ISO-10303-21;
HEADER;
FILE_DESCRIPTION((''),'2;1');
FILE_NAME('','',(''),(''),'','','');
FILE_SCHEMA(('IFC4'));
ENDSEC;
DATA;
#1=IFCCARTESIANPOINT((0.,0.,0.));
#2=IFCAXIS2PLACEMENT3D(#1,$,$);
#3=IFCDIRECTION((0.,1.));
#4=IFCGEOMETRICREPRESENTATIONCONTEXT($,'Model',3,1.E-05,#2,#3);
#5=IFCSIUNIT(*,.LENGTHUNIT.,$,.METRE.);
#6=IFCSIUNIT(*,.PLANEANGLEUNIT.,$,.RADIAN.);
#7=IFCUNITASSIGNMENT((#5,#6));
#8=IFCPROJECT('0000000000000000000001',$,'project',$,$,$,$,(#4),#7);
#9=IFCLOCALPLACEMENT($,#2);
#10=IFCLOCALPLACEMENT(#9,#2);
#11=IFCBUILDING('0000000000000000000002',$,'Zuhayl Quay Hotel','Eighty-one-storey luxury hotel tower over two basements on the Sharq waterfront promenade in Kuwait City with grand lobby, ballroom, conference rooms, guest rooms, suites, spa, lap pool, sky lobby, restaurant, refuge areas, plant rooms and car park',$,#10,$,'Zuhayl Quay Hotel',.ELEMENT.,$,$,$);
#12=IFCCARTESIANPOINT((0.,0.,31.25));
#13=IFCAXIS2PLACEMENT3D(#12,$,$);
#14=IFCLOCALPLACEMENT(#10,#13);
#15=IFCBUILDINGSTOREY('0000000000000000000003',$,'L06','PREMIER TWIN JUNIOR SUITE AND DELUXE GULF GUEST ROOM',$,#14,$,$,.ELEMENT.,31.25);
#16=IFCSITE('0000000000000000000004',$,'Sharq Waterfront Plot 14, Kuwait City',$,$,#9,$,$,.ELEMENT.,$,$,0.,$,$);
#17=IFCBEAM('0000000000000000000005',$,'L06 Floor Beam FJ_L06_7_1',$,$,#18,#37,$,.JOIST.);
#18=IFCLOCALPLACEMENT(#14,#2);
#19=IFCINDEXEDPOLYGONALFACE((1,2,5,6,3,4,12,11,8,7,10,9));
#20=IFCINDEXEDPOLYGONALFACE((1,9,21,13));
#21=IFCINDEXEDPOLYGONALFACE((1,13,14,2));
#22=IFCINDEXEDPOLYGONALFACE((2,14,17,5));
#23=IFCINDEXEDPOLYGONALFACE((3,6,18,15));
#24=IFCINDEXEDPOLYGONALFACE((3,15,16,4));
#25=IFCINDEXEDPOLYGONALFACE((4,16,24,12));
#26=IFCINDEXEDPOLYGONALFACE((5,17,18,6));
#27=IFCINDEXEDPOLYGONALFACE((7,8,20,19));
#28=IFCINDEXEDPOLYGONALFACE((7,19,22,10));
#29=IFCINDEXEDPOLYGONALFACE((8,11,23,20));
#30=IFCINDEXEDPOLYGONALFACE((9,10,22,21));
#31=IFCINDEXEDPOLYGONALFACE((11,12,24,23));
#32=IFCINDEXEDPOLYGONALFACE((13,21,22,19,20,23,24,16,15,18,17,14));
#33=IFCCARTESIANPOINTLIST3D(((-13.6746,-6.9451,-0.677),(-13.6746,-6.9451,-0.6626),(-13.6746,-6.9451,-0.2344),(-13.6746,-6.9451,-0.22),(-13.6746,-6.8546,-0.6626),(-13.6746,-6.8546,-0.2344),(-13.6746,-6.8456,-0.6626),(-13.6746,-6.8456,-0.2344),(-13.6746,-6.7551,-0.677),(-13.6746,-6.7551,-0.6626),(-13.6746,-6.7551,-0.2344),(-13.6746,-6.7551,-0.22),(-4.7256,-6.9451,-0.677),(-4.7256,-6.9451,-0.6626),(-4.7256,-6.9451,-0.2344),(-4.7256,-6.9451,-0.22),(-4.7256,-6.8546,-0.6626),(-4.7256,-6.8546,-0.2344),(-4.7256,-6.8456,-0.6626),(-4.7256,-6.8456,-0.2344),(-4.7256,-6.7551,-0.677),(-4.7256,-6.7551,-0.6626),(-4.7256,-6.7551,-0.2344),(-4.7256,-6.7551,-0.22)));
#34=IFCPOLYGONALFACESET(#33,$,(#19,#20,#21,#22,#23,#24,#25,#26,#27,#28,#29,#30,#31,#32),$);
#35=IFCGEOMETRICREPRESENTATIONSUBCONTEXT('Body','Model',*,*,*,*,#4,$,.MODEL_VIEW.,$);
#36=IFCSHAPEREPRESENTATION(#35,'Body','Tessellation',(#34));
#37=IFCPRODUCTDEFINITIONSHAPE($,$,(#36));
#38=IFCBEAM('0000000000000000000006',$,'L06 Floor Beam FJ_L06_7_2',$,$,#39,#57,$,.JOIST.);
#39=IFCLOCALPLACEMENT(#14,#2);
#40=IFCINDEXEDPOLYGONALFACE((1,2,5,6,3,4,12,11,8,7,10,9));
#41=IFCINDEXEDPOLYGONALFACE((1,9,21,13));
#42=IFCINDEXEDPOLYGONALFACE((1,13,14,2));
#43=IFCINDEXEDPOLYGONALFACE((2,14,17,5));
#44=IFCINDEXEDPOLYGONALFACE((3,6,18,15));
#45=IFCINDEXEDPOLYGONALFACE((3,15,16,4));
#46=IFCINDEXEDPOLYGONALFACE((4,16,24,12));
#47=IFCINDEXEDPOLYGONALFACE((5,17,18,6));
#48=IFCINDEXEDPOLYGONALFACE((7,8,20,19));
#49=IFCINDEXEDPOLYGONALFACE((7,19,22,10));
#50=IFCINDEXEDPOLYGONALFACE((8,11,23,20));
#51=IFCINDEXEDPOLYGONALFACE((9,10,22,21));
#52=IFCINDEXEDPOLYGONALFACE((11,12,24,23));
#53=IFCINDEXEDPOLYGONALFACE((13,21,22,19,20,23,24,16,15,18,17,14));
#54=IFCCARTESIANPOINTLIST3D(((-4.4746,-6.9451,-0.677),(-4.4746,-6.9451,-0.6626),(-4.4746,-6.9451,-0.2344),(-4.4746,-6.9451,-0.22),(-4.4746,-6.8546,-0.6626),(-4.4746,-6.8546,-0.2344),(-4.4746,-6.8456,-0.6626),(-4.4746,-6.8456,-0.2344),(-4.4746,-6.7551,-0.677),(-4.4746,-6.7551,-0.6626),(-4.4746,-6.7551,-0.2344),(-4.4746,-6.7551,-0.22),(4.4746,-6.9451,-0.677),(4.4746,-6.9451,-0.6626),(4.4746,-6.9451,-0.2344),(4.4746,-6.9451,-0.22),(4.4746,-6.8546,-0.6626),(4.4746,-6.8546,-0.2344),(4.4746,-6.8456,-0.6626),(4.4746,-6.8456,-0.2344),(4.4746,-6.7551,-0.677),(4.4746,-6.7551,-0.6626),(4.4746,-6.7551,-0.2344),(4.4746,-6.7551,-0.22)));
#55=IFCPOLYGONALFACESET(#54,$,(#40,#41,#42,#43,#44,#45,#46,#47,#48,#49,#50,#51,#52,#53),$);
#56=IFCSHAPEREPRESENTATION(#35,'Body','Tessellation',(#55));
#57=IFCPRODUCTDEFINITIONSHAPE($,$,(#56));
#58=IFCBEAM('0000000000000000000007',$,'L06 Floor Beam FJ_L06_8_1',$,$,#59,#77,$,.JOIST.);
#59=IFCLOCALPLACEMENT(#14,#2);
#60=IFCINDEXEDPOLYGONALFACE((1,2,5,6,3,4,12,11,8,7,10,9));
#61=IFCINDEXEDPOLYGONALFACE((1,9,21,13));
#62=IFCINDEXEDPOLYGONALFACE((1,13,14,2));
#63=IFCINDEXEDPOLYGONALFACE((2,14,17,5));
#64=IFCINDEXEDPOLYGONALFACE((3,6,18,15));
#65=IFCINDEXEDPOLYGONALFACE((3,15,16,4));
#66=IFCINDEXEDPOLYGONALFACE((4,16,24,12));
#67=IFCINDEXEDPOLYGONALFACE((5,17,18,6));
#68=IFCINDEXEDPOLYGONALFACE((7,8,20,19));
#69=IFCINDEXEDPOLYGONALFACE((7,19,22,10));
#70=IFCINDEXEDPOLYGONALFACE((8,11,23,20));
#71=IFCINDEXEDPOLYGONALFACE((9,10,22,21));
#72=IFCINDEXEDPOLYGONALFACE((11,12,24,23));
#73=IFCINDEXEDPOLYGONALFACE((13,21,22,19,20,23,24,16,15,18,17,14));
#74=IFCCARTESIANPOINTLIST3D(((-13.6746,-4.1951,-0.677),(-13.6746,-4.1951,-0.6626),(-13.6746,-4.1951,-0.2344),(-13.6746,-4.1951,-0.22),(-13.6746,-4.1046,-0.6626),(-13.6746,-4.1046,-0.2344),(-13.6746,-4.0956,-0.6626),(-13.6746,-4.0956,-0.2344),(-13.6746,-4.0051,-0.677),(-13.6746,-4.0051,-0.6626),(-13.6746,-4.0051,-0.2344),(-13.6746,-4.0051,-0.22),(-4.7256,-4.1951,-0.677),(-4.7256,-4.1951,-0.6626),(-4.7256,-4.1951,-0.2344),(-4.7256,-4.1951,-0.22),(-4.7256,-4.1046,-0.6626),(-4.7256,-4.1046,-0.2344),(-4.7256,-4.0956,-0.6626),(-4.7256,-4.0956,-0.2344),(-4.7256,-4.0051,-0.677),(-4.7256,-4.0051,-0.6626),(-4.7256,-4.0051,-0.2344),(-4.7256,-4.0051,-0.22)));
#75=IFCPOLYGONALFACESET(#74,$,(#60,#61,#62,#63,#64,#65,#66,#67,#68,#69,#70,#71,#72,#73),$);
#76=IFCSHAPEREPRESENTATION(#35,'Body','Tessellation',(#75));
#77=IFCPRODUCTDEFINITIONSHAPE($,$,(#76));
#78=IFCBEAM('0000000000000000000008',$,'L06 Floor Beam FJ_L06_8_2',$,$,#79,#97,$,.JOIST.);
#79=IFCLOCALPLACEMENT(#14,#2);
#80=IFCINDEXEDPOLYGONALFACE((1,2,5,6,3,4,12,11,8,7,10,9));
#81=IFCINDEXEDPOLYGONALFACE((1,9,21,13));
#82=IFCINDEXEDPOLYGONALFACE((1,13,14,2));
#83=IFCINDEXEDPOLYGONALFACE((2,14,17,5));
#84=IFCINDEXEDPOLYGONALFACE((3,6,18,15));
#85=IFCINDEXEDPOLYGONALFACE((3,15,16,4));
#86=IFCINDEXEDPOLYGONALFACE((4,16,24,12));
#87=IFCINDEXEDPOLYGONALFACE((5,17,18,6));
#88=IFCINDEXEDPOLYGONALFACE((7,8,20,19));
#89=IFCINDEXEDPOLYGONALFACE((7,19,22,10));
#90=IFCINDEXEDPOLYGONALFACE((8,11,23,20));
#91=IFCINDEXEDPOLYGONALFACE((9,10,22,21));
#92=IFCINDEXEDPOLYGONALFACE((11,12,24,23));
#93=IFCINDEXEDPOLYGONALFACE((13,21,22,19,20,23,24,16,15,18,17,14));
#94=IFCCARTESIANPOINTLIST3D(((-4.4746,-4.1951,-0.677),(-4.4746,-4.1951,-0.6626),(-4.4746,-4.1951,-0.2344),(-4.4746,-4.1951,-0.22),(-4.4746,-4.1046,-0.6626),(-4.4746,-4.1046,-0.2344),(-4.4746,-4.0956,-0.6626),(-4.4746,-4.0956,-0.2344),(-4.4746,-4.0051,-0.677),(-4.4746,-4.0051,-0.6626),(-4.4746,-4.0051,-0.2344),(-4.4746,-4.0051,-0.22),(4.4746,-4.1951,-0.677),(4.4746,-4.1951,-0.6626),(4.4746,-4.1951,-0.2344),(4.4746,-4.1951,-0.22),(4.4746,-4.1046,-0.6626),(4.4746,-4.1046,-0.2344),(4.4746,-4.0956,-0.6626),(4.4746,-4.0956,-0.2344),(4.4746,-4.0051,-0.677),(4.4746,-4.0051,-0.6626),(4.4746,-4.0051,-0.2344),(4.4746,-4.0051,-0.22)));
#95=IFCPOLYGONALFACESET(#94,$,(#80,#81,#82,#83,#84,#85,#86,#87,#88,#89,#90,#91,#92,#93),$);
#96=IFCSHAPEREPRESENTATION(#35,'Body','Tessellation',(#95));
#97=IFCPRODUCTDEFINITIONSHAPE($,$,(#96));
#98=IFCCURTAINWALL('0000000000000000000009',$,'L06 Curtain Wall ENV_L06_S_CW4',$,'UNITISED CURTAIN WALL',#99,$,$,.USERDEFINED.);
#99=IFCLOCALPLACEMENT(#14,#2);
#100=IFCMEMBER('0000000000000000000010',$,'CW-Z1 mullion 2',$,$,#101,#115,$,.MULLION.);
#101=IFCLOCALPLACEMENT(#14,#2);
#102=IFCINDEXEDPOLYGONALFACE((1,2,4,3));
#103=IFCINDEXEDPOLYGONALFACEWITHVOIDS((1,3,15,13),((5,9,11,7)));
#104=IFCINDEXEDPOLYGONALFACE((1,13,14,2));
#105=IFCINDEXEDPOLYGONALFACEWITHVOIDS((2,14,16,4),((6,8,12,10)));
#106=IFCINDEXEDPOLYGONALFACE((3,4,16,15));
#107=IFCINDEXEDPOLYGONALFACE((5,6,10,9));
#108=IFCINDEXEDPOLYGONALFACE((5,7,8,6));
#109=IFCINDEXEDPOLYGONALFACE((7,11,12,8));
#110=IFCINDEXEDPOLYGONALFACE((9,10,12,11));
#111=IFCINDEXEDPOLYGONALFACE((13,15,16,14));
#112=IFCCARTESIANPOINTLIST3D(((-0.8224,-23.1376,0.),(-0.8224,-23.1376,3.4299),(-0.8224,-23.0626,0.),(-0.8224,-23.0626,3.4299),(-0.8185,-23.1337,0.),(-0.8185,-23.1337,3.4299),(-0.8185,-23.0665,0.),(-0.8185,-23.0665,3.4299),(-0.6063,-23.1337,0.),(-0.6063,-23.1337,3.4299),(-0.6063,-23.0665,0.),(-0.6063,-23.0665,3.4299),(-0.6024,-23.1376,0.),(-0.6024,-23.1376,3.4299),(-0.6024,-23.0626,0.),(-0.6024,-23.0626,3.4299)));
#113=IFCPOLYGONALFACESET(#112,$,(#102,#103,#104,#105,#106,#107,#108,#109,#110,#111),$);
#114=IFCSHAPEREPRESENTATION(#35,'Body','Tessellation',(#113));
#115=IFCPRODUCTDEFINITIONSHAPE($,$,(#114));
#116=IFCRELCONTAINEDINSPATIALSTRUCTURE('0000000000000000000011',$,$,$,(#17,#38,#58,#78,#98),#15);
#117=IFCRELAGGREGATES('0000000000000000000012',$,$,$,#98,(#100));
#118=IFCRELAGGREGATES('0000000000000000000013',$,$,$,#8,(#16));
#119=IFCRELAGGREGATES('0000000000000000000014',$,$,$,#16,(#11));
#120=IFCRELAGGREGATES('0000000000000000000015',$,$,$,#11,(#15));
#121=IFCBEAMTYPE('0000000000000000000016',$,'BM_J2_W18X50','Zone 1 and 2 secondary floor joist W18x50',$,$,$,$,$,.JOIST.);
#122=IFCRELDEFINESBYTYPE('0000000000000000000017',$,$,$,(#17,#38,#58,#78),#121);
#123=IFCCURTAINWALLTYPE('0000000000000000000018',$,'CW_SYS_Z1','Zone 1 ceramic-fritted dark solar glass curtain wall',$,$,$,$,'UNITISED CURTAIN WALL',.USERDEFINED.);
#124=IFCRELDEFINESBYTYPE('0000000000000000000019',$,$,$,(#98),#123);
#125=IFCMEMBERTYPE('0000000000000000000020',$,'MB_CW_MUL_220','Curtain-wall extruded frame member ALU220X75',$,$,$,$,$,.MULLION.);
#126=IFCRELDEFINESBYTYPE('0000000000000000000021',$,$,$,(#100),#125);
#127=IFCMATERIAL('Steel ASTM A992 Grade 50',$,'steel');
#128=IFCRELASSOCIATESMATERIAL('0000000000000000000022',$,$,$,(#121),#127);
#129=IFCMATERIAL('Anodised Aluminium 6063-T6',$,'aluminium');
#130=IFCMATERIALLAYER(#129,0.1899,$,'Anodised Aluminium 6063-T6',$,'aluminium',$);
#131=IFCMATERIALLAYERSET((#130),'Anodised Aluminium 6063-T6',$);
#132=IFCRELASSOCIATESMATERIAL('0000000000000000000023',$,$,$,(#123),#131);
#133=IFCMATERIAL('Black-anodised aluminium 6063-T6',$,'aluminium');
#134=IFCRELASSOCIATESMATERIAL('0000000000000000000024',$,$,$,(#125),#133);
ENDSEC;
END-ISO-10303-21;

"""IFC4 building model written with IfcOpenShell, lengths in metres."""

from ifc_helpers import new_model, si_unit, direction, frame, origin, origin_2d, place, context, subcontext, project, spatial, hollow_rectangle, i_section, extrude, material, layer, layer_set, material_profile, profile_set, type_object, element, aggregate, save


model = new_model("IFC4")

# Units and contexts
model_context = context("Model", 3, precision=1e-05, world=origin(), true_north=direction((0.0, 1.0)))
body_context = subcontext(model_context, "Body", "Model", "MODEL_VIEW")
ifc_project = project(units=[si_unit("LENGTHUNIT", "METRE"), si_unit("PLANEANGLEUNIT", "RADIAN")], contexts=[model_context])

# Site, building, storey
site_placement = place(None, origin())
site = spatial("IfcSite", under=ifc_project, at=site_placement, Name="Sharq Waterfront Plot 14, Kuwait City", CompositionType="ELEMENT", RefElevation=0.0)
building_placement = place(site_placement, origin())
building = spatial("IfcBuilding", under=site, at=building_placement, Name="Zuhayl Quay Hotel", Description="Eighty-one-storey luxury hotel tower over two basements on the Sharq waterfront promenade in Kuwait City with grand lobby, ballroom, conference rooms, guest rooms, suites, spa, lap pool, sky lobby, restaurant, refuge areas, plant rooms and car park", LongName="Zuhayl Quay Hotel", CompositionType="ELEMENT")
storey_placement = place(building_placement, frame((0.0, 0.0, 31.25)))
storey = spatial("IfcBuildingStorey", under=building, at=storey_placement, Name="L06", Description="PREMIER TWIN JUNIOR SUITE AND DELUXE GULF GUEST ROOM", CompositionType="ELEMENT", Elevation=31.25)

# Beams
ifc_material_1 = material(Name="Steel ASTM A992 Grade 50", Category="steel")
ifc_material_profile_1 = material_profile(ifc_material_1, i_section(OverallWidth=0.1899, OverallDepth=0.457, WebThickness=0.009, FlangeThickness=0.0144, at=origin_2d()), Name="W18X50")
ifc_profile_set_1 = profile_set([ifc_material_profile_1], Name="Steel ASTM A992 Grade 50")
beam_type_1 = type_object("IfcBeamType", Name="BM_J2_W18X50", Description="Zone 1 and 2 secondary floor joist W18x50", PredefinedType="JOIST", material=ifc_profile_set_1)
beam_1_placement = place(storey_placement, frame((-13.6746, -6.8501, -0.4485), z_axis=(1.0, 0.0, 0.0), x_axis=(0.0, 1.0, 0.0)))
element("IfcBeam", 1, at=beam_1_placement, inside=storey, type_object=beam_type_1, Name="L06 Floor Beam FJ_L06_7_1", PredefinedType="JOIST", context=body_context, shape_type="SweptSolid", body=[
    extrude(i_section(OverallWidth=0.1899, OverallDepth=0.457, WebThickness=0.009, FlangeThickness=0.0144, at=origin_2d()), origin(), (0.0, 0.0, 1.0), 8.949),
])
beam_2_placement = place(storey_placement, frame((-4.4746, -6.8501, -0.4485), z_axis=(1.0, 0.0, 0.0), x_axis=(0.0, 1.0, 0.0)))
element("IfcBeam", 2, at=beam_2_placement, inside=storey, type_object=beam_type_1, Name="L06 Floor Beam FJ_L06_7_2", PredefinedType="JOIST", context=body_context, shape_type="SweptSolid", body=[
    extrude(i_section(OverallWidth=0.1899, OverallDepth=0.457, WebThickness=0.009, FlangeThickness=0.0144, at=origin_2d()), origin(), (0.0, 0.0, 1.0), 8.9492),
])
beam_3_placement = place(storey_placement, frame((-13.6746, -4.1001, -0.4485), z_axis=(1.0, 0.0, 0.0), x_axis=(0.0, 1.0, 0.0)))
element("IfcBeam", 3, at=beam_3_placement, inside=storey, type_object=beam_type_1, Name="L06 Floor Beam FJ_L06_8_1", PredefinedType="JOIST", context=body_context, shape_type="SweptSolid", body=[
    extrude(i_section(OverallWidth=0.1899, OverallDepth=0.457, WebThickness=0.009, FlangeThickness=0.0144, at=origin_2d()), origin(), (0.0, 0.0, 1.0), 8.949),
])
beam_4_placement = place(storey_placement, frame((-4.4746, -4.1001, -0.4485), z_axis=(1.0, 0.0, 0.0), x_axis=(0.0, 1.0, 0.0)))
element("IfcBeam", 4, at=beam_4_placement, inside=storey, type_object=beam_type_1, Name="L06 Floor Beam FJ_L06_8_2", PredefinedType="JOIST", context=body_context, shape_type="SweptSolid", body=[
    extrude(i_section(OverallWidth=0.1899, OverallDepth=0.457, WebThickness=0.009, FlangeThickness=0.0144, at=origin_2d()), origin(), (0.0, 0.0, 1.0), 8.9492),
])

# Curtain wall, member
ifc_material_2 = material(Name="Anodised Aluminium 6063-T6", Category="aluminium")
ifc_layer_1 = layer(ifc_material_2, 0.1899, Name="Anodised Aluminium 6063-T6", Category="aluminium")
ifc_layer_set_1 = layer_set([ifc_layer_1], Name="Anodised Aluminium 6063-T6")
curtain_wall_type = type_object("IfcCurtainWallType", Name="CW_SYS_Z1", Description="Zone 1 ceramic-fritted dark solar glass curtain wall", ElementType="UNITISED CURTAIN WALL", PredefinedType="USERDEFINED", material=ifc_layer_set_1)
curtain_wall_placement = place(storey_placement, origin())
curtain_wall = element("IfcCurtainWall", 5, at=curtain_wall_placement, inside=storey, type_object=curtain_wall_type, Name="L06 Curtain Wall ENV_L06_S_CW4", ObjectType="UNITISED CURTAIN WALL", PredefinedType="USERDEFINED")
ifc_material_3 = material(Name="Black-anodised aluminium 6063-T6", Category="aluminium")
ifc_material_profile_2 = material_profile(ifc_material_3, hollow_rectangle(XDim=0.075, YDim=0.22, WallThickness=0.0039, at=origin_2d()), Name="ALU220X75")
ifc_profile_set_2 = profile_set([ifc_material_profile_2], Name="Black-anodised aluminium 6063-T6")
member_type = type_object("IfcMemberType", Name="MB_CW_MUL_220", Description="Curtain-wall extruded frame member ALU220X75", PredefinedType="MULLION", material=ifc_profile_set_2)
member_placement = place(storey_placement, frame((-0.7124, -23.1001, 0.0), z_axis=(0.0, 0.0, 1.0), x_axis=(0.0, -1.0, 0.0)))
member = element("IfcMember", 6, at=member_placement, type_object=member_type, Name="CW-Z1 mullion 2", PredefinedType="MULLION", context=body_context, shape_type="SweptSolid", body=[
    extrude(hollow_rectangle(XDim=0.075, YDim=0.22, WallThickness=0.0039, at=origin_2d()), origin(), (0.0, 0.0, 1.0), 3.4299),
])
aggregate(curtain_wall, [member])

save(model, "model.ifc")
